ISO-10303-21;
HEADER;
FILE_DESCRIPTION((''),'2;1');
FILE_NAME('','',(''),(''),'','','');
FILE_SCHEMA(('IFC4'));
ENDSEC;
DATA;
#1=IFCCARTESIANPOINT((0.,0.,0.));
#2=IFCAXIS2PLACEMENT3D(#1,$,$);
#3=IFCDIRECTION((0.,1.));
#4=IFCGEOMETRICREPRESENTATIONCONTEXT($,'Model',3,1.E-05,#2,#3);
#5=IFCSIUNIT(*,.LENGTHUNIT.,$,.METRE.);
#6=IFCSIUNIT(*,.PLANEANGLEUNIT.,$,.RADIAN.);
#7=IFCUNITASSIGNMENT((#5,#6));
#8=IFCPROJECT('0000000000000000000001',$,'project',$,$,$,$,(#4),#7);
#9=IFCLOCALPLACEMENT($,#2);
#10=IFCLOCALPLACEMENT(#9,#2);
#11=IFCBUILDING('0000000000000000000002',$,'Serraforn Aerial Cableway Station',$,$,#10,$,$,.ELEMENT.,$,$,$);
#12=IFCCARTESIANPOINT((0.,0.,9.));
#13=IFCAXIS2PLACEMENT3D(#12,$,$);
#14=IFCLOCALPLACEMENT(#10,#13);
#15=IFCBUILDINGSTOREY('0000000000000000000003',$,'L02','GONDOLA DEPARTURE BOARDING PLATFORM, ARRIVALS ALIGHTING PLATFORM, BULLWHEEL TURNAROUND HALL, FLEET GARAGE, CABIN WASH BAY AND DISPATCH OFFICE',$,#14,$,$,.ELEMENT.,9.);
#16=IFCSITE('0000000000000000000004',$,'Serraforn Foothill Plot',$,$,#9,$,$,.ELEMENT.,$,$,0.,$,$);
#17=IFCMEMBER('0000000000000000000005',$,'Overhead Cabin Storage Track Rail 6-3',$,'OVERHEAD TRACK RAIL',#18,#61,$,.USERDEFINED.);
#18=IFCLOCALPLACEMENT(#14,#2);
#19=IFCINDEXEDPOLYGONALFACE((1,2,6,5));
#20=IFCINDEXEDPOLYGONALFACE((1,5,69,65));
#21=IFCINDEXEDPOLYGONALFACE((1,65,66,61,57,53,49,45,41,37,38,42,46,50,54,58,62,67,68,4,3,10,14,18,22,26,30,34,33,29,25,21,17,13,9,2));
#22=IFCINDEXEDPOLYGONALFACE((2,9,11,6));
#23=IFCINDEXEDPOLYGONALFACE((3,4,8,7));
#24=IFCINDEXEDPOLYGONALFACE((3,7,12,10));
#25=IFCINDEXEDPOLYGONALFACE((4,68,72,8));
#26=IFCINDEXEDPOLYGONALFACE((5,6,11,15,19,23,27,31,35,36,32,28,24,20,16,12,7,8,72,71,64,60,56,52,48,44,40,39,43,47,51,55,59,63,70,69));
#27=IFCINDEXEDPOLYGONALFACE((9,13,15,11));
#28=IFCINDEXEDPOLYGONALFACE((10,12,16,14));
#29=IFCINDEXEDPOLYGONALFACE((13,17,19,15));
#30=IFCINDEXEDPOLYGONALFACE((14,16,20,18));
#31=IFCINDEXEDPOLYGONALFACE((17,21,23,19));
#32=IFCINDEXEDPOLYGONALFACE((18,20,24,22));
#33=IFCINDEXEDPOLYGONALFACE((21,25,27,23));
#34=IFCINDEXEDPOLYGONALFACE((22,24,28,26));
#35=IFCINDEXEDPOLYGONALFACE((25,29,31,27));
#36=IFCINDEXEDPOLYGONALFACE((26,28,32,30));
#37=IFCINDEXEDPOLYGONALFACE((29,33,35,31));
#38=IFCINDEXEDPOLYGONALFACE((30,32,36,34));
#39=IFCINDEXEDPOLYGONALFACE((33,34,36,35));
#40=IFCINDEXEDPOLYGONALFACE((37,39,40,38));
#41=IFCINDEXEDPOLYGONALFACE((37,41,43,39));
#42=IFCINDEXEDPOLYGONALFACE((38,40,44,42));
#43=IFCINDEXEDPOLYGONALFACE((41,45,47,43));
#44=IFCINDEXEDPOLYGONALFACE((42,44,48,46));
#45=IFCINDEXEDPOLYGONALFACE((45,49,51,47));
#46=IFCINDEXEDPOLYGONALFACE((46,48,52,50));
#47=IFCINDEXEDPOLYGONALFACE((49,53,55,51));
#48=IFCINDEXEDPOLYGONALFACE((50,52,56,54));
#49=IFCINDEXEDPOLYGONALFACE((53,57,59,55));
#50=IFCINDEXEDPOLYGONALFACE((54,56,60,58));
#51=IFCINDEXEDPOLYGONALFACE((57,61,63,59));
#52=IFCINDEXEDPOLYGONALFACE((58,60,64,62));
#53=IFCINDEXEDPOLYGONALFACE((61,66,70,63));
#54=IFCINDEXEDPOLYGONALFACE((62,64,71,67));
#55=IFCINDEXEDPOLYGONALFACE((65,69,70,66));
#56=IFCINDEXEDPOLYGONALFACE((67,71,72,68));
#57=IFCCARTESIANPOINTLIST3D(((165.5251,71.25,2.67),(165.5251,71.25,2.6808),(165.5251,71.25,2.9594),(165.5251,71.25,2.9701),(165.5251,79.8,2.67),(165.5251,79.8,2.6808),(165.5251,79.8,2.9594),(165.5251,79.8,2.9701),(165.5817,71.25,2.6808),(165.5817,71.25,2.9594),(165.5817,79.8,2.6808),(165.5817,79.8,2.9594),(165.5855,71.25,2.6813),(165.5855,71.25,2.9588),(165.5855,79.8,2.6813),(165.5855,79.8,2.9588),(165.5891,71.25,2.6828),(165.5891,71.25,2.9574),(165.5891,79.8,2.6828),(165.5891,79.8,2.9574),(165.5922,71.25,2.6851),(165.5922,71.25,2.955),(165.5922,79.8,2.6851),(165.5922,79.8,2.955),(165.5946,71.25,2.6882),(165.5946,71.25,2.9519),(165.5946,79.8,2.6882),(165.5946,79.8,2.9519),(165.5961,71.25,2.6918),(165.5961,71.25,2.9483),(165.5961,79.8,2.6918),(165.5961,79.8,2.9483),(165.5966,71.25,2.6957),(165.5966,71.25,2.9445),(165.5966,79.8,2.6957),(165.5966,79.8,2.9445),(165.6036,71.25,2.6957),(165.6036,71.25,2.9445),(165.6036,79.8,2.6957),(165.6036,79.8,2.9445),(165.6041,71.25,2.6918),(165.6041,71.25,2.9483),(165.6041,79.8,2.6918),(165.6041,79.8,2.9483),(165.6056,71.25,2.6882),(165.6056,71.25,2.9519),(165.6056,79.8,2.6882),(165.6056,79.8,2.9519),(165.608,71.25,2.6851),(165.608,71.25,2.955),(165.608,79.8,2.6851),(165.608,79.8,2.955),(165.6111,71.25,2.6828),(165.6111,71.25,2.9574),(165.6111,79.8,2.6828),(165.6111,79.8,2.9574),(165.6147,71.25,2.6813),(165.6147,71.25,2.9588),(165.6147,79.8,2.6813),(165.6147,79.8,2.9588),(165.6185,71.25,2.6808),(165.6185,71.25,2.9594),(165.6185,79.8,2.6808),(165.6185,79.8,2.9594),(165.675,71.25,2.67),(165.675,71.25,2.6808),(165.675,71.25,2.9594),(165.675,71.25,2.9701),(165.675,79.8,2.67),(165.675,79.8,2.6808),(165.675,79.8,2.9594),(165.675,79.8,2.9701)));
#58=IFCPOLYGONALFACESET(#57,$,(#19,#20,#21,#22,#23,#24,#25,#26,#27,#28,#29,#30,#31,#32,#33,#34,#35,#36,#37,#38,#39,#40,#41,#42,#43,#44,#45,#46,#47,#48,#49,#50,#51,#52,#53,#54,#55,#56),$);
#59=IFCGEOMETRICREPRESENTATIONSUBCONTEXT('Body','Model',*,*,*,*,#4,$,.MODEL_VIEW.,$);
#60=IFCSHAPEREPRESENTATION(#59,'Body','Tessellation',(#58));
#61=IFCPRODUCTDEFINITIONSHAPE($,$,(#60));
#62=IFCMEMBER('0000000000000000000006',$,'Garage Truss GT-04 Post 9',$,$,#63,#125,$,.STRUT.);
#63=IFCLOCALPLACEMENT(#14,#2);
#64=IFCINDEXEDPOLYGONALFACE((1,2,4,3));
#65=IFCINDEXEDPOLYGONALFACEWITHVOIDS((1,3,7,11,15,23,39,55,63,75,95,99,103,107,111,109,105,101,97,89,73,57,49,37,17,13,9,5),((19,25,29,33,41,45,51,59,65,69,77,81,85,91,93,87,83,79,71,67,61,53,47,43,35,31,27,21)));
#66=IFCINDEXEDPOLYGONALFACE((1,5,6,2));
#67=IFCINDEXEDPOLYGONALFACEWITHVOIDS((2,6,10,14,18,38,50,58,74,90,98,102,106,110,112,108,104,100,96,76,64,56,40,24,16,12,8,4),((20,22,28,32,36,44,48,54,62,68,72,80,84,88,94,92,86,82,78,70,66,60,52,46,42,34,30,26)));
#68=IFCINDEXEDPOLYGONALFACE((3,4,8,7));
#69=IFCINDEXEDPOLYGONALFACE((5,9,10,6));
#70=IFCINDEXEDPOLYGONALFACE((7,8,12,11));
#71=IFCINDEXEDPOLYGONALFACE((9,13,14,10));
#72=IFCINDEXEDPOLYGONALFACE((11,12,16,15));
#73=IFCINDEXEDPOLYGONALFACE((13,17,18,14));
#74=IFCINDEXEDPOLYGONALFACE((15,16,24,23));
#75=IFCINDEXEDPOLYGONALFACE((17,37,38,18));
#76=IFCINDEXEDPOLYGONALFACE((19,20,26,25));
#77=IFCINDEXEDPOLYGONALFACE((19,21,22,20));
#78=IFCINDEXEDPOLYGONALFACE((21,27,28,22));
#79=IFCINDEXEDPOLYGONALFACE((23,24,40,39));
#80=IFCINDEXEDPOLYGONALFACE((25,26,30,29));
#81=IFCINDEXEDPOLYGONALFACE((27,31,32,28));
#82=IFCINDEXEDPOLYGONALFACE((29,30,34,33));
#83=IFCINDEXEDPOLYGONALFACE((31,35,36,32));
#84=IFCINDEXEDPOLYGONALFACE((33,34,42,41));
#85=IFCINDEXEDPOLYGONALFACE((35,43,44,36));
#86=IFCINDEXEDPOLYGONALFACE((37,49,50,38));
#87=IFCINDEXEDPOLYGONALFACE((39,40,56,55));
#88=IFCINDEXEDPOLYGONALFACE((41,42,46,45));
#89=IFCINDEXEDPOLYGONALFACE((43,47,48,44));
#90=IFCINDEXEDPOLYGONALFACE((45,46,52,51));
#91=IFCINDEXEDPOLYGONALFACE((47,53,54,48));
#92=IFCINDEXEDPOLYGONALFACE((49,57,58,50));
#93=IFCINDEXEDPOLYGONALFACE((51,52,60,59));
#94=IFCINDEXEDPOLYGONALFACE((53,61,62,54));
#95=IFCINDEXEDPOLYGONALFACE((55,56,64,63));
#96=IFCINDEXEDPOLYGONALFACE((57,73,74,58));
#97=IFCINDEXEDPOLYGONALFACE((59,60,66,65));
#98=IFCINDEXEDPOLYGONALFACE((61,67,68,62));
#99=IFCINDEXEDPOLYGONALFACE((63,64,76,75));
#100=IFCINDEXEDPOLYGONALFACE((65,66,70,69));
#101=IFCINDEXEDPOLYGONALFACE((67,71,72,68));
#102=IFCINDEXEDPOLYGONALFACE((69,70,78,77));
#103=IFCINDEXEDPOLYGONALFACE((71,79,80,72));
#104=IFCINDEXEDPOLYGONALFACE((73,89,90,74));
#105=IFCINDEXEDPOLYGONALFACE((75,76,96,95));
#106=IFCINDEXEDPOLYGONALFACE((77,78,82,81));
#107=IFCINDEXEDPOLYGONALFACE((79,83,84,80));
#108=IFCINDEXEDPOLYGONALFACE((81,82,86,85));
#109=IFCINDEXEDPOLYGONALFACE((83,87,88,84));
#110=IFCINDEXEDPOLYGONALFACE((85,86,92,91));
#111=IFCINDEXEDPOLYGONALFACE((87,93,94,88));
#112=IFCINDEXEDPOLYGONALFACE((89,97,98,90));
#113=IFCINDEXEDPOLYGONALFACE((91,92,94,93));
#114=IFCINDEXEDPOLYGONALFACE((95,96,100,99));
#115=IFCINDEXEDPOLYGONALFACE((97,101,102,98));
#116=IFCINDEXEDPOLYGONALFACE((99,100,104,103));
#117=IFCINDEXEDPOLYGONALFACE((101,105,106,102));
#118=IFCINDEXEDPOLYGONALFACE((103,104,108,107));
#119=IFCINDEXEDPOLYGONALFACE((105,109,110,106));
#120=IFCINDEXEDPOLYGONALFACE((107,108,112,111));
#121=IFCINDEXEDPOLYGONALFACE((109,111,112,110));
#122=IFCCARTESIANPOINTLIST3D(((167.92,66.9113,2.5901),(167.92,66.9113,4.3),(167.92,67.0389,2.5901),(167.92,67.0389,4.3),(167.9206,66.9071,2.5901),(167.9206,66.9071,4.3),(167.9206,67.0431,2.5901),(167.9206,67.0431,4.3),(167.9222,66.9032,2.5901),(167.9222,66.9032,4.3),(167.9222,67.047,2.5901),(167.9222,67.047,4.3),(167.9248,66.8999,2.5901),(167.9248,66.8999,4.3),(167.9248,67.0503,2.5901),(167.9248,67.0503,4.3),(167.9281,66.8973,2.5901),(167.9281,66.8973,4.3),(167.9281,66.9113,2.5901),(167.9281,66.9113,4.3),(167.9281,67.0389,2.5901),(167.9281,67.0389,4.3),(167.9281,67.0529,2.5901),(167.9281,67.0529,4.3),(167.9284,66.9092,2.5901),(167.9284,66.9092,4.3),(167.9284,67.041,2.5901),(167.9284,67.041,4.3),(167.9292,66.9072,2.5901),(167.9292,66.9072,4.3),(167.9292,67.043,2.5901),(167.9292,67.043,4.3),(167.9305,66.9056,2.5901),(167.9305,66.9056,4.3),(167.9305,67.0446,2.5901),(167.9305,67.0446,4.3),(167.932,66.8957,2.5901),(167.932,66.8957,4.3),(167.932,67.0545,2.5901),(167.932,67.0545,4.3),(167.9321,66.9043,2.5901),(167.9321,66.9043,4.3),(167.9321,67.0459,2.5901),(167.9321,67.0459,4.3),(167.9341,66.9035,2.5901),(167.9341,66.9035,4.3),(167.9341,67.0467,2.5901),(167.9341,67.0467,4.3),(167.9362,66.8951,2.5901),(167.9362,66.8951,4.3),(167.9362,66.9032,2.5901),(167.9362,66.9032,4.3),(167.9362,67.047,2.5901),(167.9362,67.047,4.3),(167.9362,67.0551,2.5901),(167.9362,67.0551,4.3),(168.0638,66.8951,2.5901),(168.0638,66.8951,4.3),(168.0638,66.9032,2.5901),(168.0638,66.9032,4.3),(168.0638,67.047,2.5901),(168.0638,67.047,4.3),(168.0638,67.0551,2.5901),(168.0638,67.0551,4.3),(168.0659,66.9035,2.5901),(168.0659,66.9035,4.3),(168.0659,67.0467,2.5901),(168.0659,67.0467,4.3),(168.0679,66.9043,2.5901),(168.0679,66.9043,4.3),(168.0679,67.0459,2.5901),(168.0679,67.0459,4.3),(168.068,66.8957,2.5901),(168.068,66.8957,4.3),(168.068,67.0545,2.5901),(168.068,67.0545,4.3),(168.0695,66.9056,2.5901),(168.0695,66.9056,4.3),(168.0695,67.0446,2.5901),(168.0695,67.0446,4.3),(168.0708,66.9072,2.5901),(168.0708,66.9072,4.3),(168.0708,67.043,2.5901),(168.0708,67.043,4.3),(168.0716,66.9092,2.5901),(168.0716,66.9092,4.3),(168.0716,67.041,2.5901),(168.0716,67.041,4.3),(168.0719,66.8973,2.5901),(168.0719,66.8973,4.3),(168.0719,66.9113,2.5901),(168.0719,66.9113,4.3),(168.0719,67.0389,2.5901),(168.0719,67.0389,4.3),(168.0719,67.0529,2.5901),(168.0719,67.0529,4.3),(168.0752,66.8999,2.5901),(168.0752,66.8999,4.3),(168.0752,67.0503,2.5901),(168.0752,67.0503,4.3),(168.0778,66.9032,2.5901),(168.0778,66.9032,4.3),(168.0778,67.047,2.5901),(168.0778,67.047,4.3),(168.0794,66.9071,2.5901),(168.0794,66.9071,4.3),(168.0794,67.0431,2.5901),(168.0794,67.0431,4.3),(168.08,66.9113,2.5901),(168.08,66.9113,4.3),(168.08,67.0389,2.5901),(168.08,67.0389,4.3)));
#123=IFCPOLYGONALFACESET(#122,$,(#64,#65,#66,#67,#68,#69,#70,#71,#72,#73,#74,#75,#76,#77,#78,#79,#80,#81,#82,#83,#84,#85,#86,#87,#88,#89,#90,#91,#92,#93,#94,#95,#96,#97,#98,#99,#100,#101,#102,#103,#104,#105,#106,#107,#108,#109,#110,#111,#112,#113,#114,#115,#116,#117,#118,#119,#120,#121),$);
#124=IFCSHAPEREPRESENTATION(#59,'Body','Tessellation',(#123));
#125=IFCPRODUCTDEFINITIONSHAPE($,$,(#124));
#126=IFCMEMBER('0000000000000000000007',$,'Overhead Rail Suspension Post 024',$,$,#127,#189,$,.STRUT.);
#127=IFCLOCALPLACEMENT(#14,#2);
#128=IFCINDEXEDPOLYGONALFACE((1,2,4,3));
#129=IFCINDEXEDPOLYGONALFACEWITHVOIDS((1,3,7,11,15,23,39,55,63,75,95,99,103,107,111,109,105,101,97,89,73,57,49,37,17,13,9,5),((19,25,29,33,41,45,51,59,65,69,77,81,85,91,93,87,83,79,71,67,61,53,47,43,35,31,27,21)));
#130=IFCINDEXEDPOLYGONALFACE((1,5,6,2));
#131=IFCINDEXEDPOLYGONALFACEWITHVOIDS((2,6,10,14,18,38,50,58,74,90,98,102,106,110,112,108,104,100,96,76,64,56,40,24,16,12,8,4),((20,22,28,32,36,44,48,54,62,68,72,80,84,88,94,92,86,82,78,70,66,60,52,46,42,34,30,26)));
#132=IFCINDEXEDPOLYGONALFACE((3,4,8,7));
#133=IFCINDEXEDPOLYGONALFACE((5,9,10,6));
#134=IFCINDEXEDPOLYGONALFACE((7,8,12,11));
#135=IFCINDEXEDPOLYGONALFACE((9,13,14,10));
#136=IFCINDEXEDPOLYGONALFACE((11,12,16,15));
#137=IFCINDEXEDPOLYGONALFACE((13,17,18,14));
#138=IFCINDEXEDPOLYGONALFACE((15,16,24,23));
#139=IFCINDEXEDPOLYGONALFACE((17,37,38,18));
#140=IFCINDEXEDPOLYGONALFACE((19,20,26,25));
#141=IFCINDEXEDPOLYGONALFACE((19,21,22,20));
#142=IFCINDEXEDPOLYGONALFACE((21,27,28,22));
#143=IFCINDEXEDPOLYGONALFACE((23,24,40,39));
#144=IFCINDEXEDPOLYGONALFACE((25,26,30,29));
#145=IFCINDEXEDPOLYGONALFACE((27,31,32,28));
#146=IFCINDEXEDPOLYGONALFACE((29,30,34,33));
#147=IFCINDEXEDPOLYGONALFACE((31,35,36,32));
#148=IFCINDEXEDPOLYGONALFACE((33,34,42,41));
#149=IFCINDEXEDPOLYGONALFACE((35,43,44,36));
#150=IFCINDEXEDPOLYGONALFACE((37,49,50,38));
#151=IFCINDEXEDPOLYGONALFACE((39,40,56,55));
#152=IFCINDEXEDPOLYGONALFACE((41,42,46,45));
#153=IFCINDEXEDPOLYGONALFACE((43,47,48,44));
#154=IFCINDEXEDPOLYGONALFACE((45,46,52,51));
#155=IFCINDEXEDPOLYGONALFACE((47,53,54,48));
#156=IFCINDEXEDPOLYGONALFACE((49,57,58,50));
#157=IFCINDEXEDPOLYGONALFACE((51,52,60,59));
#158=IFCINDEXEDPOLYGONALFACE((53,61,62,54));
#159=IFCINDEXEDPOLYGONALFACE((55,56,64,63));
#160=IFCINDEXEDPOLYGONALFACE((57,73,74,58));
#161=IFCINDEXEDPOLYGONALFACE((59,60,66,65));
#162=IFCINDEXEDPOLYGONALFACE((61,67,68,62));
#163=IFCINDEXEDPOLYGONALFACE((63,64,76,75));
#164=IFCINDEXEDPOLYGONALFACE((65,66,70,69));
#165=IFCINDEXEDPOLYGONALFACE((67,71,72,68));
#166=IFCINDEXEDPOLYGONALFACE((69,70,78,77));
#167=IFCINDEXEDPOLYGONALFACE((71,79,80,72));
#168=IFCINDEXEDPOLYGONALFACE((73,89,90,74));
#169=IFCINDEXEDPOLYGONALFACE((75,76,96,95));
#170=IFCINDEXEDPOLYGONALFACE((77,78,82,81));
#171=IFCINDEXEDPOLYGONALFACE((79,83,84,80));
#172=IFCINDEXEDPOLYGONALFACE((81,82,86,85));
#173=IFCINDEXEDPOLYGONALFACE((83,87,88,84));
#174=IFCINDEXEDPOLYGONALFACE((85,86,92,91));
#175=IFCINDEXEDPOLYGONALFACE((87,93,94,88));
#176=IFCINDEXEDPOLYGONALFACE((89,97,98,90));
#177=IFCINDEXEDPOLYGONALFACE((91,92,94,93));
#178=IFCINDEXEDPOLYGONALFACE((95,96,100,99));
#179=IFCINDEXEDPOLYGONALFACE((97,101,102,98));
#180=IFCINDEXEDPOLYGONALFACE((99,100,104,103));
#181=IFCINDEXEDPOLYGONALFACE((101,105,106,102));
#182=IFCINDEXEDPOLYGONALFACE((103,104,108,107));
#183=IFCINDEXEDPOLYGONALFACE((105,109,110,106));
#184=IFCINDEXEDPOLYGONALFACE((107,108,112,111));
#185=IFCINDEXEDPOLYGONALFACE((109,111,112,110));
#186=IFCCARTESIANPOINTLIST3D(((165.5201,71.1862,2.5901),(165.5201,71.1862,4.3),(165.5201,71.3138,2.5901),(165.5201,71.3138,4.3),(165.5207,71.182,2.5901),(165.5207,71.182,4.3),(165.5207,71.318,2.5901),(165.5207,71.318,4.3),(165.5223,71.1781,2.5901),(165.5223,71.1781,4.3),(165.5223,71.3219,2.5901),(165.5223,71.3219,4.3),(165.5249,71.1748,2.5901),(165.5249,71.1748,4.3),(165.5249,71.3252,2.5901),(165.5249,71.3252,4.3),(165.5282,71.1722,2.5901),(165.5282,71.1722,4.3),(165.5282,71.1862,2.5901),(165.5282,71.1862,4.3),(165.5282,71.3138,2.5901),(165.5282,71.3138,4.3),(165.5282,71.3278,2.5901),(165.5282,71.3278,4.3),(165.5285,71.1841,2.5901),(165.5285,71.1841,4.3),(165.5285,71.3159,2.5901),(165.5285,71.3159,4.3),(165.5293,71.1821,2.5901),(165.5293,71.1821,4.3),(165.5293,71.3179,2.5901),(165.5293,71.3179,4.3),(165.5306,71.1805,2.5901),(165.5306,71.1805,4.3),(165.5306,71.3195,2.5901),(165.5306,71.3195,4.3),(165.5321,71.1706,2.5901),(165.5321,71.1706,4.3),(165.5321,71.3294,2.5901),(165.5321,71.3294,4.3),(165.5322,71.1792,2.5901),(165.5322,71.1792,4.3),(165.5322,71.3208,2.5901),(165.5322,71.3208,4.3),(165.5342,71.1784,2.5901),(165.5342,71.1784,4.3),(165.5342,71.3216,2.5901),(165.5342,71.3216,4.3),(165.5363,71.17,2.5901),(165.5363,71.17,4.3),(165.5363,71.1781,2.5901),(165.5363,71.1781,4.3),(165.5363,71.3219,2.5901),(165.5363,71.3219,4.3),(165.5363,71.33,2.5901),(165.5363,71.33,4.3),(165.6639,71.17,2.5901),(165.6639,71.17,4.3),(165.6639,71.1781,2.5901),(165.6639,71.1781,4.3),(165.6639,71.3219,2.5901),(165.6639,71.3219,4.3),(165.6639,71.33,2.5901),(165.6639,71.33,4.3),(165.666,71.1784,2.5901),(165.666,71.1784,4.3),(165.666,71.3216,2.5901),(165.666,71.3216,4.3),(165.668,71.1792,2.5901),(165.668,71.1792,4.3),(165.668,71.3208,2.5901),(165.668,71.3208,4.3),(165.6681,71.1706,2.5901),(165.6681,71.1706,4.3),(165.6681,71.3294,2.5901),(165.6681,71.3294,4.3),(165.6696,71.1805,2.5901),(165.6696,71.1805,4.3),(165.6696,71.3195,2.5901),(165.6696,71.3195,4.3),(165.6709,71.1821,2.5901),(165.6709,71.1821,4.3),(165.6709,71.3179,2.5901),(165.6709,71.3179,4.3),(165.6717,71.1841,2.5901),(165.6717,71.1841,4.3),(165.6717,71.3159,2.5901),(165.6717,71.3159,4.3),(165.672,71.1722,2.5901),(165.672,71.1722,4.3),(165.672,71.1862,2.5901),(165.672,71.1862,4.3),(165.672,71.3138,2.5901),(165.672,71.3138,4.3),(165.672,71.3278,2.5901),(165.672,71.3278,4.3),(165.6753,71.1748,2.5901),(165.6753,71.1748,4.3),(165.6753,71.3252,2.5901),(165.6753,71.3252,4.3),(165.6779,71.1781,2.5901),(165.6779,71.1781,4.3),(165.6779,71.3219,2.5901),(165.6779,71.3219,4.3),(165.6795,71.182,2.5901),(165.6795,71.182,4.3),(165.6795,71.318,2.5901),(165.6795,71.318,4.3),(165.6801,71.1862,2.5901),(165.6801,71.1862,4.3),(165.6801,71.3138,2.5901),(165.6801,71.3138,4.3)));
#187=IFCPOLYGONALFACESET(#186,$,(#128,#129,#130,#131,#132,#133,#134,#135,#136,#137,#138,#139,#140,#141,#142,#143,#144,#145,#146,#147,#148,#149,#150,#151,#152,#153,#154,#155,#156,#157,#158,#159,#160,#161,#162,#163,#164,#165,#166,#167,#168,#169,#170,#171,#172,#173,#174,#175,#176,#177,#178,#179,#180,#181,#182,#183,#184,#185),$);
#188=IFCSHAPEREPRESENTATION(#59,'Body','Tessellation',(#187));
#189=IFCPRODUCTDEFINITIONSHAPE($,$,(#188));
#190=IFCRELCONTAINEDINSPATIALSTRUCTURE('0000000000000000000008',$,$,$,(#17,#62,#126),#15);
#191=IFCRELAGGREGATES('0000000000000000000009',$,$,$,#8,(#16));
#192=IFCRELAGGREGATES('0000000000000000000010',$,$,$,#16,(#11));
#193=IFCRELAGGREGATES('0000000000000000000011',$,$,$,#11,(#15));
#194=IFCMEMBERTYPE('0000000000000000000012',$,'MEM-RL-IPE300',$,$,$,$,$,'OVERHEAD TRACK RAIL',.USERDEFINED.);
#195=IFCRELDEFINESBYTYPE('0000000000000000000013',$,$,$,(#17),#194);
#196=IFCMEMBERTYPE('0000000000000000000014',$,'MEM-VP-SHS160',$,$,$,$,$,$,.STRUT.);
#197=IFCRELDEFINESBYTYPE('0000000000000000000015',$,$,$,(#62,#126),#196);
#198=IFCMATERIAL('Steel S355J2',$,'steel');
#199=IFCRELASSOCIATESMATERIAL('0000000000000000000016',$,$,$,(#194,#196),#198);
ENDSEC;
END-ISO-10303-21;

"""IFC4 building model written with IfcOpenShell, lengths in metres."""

from ifc_helpers import new_model, si_unit, direction, frame, origin, origin_2d, place, context, subcontext, project, spatial, hollow_rectangle, i_section, extrude, material, material_profile, profile_set, type_object, element, save


model = new_model("IFC4")

# Units and contexts
model_context = context("Model", 3, precision=1e-05, world=origin(), true_north=direction((0.0, 1.0)))
body_context = subcontext(model_context, "Body", "Model", "MODEL_VIEW")
ifc_project = project(units=[si_unit("LENGTHUNIT", "METRE"), si_unit("PLANEANGLEUNIT", "RADIAN")], contexts=[model_context])

# Site, building, storey
site_placement = place(None, origin())
site = spatial("IfcSite", under=ifc_project, at=site_placement, Name="Serraforn Foothill Plot", CompositionType="ELEMENT", RefElevation=0.0)
building_placement = place(site_placement, origin())
building = spatial("IfcBuilding", under=site, at=building_placement, Name="Serraforn Aerial Cableway Station", CompositionType="ELEMENT")
storey_placement = place(building_placement, frame((0.0, 0.0, 9.0)))
storey = spatial("IfcBuildingStorey", under=building, at=storey_placement, Name="L02", Description="GONDOLA DEPARTURE BOARDING PLATFORM, ARRIVALS ALIGHTING PLATFORM, BULLWHEEL TURNAROUND HALL, FLEET GARAGE, CABIN WASH BAY AND DISPATCH OFFICE", CompositionType="ELEMENT", Elevation=9.0)

# Members
ifc_material_1 = material(Name="Steel S355J2", Category="steel")
ifc_material_profile_1 = material_profile(ifc_material_1, i_section(OverallWidth=0.1499, OverallDepth=0.3, WebThickness=0.0071, FlangeThickness=0.0107, FilletRadius=0.0149, at=origin_2d()), Name="IPE 300")
ifc_profile_set_1 = profile_set([ifc_material_profile_1], Name="Steel S355J2")
member_type_1 = type_object("IfcMemberType", Name="MEM-RL-IPE300", ElementType="OVERHEAD TRACK RAIL", PredefinedType="USERDEFINED", material=ifc_profile_set_1)
member_1_placement = place(storey_placement, frame((165.6001, 71.25, 2.8201), z_axis=(0.0, 1.0, 0.0), x_axis=(-1.0, 0.0, 0.0)))
element("IfcMember", 1, at=member_1_placement, inside=storey, type_object=member_type_1, Name="Overhead Cabin Storage Track Rail 6-3", ObjectType="OVERHEAD TRACK RAIL", PredefinedType="USERDEFINED", context=body_context, shape_type="SweptSolid", body=[
    extrude(i_section(OverallWidth=0.1499, OverallDepth=0.3, WebThickness=0.0071, FlangeThickness=0.0107, FilletRadius=0.0149, at=origin_2d()), origin(), (0.0, 0.0, 1.0), 8.55),
])
ifc_material_profile_2 = material_profile(ifc_material_1, hollow_rectangle(XDim=0.1599, YDim=0.1599, WallThickness=0.0081, InnerFilletRadius=0.0081, OuterFilletRadius=0.0161, at=origin_2d()), Name="SHS 160x160x8.0")
ifc_profile_set_2 = profile_set([ifc_material_profile_2], Name="Steel S355J2")
member_type_2 = type_object("IfcMemberType", Name="MEM-VP-SHS160", PredefinedType="STRUT", material=ifc_profile_set_2)
for number, where, z_axis, x_axis, name in (
    (2, (168.0, 66.9751, 2.5901), (0.0, 0.0, 1.0), (1.0, 0.0, 0.0), "Garage Truss GT-04 Post 9"),
    (3, (165.6001, 71.25, 2.5901), (0.0, 0.0, 1.0), (1.0, 0.0, 0.0), "Overhead Rail Suspension Post 024"),
):
    element("IfcMember", number, at=place(storey_placement, frame(where, z_axis=z_axis, x_axis=x_axis)), inside=storey, type_object=member_type_2, Name=name, PredefinedType="STRUT", context=body_context, shape_type="SweptSolid", body=[
        extrude(hollow_rectangle(XDim=0.1599, YDim=0.1599, WallThickness=0.0081, InnerFilletRadius=0.0081, OuterFilletRadius=0.0161, at=origin_2d()), origin(), (0.0, 0.0, 1.0), 1.71),
    ])

save(model, "model.ifc")
